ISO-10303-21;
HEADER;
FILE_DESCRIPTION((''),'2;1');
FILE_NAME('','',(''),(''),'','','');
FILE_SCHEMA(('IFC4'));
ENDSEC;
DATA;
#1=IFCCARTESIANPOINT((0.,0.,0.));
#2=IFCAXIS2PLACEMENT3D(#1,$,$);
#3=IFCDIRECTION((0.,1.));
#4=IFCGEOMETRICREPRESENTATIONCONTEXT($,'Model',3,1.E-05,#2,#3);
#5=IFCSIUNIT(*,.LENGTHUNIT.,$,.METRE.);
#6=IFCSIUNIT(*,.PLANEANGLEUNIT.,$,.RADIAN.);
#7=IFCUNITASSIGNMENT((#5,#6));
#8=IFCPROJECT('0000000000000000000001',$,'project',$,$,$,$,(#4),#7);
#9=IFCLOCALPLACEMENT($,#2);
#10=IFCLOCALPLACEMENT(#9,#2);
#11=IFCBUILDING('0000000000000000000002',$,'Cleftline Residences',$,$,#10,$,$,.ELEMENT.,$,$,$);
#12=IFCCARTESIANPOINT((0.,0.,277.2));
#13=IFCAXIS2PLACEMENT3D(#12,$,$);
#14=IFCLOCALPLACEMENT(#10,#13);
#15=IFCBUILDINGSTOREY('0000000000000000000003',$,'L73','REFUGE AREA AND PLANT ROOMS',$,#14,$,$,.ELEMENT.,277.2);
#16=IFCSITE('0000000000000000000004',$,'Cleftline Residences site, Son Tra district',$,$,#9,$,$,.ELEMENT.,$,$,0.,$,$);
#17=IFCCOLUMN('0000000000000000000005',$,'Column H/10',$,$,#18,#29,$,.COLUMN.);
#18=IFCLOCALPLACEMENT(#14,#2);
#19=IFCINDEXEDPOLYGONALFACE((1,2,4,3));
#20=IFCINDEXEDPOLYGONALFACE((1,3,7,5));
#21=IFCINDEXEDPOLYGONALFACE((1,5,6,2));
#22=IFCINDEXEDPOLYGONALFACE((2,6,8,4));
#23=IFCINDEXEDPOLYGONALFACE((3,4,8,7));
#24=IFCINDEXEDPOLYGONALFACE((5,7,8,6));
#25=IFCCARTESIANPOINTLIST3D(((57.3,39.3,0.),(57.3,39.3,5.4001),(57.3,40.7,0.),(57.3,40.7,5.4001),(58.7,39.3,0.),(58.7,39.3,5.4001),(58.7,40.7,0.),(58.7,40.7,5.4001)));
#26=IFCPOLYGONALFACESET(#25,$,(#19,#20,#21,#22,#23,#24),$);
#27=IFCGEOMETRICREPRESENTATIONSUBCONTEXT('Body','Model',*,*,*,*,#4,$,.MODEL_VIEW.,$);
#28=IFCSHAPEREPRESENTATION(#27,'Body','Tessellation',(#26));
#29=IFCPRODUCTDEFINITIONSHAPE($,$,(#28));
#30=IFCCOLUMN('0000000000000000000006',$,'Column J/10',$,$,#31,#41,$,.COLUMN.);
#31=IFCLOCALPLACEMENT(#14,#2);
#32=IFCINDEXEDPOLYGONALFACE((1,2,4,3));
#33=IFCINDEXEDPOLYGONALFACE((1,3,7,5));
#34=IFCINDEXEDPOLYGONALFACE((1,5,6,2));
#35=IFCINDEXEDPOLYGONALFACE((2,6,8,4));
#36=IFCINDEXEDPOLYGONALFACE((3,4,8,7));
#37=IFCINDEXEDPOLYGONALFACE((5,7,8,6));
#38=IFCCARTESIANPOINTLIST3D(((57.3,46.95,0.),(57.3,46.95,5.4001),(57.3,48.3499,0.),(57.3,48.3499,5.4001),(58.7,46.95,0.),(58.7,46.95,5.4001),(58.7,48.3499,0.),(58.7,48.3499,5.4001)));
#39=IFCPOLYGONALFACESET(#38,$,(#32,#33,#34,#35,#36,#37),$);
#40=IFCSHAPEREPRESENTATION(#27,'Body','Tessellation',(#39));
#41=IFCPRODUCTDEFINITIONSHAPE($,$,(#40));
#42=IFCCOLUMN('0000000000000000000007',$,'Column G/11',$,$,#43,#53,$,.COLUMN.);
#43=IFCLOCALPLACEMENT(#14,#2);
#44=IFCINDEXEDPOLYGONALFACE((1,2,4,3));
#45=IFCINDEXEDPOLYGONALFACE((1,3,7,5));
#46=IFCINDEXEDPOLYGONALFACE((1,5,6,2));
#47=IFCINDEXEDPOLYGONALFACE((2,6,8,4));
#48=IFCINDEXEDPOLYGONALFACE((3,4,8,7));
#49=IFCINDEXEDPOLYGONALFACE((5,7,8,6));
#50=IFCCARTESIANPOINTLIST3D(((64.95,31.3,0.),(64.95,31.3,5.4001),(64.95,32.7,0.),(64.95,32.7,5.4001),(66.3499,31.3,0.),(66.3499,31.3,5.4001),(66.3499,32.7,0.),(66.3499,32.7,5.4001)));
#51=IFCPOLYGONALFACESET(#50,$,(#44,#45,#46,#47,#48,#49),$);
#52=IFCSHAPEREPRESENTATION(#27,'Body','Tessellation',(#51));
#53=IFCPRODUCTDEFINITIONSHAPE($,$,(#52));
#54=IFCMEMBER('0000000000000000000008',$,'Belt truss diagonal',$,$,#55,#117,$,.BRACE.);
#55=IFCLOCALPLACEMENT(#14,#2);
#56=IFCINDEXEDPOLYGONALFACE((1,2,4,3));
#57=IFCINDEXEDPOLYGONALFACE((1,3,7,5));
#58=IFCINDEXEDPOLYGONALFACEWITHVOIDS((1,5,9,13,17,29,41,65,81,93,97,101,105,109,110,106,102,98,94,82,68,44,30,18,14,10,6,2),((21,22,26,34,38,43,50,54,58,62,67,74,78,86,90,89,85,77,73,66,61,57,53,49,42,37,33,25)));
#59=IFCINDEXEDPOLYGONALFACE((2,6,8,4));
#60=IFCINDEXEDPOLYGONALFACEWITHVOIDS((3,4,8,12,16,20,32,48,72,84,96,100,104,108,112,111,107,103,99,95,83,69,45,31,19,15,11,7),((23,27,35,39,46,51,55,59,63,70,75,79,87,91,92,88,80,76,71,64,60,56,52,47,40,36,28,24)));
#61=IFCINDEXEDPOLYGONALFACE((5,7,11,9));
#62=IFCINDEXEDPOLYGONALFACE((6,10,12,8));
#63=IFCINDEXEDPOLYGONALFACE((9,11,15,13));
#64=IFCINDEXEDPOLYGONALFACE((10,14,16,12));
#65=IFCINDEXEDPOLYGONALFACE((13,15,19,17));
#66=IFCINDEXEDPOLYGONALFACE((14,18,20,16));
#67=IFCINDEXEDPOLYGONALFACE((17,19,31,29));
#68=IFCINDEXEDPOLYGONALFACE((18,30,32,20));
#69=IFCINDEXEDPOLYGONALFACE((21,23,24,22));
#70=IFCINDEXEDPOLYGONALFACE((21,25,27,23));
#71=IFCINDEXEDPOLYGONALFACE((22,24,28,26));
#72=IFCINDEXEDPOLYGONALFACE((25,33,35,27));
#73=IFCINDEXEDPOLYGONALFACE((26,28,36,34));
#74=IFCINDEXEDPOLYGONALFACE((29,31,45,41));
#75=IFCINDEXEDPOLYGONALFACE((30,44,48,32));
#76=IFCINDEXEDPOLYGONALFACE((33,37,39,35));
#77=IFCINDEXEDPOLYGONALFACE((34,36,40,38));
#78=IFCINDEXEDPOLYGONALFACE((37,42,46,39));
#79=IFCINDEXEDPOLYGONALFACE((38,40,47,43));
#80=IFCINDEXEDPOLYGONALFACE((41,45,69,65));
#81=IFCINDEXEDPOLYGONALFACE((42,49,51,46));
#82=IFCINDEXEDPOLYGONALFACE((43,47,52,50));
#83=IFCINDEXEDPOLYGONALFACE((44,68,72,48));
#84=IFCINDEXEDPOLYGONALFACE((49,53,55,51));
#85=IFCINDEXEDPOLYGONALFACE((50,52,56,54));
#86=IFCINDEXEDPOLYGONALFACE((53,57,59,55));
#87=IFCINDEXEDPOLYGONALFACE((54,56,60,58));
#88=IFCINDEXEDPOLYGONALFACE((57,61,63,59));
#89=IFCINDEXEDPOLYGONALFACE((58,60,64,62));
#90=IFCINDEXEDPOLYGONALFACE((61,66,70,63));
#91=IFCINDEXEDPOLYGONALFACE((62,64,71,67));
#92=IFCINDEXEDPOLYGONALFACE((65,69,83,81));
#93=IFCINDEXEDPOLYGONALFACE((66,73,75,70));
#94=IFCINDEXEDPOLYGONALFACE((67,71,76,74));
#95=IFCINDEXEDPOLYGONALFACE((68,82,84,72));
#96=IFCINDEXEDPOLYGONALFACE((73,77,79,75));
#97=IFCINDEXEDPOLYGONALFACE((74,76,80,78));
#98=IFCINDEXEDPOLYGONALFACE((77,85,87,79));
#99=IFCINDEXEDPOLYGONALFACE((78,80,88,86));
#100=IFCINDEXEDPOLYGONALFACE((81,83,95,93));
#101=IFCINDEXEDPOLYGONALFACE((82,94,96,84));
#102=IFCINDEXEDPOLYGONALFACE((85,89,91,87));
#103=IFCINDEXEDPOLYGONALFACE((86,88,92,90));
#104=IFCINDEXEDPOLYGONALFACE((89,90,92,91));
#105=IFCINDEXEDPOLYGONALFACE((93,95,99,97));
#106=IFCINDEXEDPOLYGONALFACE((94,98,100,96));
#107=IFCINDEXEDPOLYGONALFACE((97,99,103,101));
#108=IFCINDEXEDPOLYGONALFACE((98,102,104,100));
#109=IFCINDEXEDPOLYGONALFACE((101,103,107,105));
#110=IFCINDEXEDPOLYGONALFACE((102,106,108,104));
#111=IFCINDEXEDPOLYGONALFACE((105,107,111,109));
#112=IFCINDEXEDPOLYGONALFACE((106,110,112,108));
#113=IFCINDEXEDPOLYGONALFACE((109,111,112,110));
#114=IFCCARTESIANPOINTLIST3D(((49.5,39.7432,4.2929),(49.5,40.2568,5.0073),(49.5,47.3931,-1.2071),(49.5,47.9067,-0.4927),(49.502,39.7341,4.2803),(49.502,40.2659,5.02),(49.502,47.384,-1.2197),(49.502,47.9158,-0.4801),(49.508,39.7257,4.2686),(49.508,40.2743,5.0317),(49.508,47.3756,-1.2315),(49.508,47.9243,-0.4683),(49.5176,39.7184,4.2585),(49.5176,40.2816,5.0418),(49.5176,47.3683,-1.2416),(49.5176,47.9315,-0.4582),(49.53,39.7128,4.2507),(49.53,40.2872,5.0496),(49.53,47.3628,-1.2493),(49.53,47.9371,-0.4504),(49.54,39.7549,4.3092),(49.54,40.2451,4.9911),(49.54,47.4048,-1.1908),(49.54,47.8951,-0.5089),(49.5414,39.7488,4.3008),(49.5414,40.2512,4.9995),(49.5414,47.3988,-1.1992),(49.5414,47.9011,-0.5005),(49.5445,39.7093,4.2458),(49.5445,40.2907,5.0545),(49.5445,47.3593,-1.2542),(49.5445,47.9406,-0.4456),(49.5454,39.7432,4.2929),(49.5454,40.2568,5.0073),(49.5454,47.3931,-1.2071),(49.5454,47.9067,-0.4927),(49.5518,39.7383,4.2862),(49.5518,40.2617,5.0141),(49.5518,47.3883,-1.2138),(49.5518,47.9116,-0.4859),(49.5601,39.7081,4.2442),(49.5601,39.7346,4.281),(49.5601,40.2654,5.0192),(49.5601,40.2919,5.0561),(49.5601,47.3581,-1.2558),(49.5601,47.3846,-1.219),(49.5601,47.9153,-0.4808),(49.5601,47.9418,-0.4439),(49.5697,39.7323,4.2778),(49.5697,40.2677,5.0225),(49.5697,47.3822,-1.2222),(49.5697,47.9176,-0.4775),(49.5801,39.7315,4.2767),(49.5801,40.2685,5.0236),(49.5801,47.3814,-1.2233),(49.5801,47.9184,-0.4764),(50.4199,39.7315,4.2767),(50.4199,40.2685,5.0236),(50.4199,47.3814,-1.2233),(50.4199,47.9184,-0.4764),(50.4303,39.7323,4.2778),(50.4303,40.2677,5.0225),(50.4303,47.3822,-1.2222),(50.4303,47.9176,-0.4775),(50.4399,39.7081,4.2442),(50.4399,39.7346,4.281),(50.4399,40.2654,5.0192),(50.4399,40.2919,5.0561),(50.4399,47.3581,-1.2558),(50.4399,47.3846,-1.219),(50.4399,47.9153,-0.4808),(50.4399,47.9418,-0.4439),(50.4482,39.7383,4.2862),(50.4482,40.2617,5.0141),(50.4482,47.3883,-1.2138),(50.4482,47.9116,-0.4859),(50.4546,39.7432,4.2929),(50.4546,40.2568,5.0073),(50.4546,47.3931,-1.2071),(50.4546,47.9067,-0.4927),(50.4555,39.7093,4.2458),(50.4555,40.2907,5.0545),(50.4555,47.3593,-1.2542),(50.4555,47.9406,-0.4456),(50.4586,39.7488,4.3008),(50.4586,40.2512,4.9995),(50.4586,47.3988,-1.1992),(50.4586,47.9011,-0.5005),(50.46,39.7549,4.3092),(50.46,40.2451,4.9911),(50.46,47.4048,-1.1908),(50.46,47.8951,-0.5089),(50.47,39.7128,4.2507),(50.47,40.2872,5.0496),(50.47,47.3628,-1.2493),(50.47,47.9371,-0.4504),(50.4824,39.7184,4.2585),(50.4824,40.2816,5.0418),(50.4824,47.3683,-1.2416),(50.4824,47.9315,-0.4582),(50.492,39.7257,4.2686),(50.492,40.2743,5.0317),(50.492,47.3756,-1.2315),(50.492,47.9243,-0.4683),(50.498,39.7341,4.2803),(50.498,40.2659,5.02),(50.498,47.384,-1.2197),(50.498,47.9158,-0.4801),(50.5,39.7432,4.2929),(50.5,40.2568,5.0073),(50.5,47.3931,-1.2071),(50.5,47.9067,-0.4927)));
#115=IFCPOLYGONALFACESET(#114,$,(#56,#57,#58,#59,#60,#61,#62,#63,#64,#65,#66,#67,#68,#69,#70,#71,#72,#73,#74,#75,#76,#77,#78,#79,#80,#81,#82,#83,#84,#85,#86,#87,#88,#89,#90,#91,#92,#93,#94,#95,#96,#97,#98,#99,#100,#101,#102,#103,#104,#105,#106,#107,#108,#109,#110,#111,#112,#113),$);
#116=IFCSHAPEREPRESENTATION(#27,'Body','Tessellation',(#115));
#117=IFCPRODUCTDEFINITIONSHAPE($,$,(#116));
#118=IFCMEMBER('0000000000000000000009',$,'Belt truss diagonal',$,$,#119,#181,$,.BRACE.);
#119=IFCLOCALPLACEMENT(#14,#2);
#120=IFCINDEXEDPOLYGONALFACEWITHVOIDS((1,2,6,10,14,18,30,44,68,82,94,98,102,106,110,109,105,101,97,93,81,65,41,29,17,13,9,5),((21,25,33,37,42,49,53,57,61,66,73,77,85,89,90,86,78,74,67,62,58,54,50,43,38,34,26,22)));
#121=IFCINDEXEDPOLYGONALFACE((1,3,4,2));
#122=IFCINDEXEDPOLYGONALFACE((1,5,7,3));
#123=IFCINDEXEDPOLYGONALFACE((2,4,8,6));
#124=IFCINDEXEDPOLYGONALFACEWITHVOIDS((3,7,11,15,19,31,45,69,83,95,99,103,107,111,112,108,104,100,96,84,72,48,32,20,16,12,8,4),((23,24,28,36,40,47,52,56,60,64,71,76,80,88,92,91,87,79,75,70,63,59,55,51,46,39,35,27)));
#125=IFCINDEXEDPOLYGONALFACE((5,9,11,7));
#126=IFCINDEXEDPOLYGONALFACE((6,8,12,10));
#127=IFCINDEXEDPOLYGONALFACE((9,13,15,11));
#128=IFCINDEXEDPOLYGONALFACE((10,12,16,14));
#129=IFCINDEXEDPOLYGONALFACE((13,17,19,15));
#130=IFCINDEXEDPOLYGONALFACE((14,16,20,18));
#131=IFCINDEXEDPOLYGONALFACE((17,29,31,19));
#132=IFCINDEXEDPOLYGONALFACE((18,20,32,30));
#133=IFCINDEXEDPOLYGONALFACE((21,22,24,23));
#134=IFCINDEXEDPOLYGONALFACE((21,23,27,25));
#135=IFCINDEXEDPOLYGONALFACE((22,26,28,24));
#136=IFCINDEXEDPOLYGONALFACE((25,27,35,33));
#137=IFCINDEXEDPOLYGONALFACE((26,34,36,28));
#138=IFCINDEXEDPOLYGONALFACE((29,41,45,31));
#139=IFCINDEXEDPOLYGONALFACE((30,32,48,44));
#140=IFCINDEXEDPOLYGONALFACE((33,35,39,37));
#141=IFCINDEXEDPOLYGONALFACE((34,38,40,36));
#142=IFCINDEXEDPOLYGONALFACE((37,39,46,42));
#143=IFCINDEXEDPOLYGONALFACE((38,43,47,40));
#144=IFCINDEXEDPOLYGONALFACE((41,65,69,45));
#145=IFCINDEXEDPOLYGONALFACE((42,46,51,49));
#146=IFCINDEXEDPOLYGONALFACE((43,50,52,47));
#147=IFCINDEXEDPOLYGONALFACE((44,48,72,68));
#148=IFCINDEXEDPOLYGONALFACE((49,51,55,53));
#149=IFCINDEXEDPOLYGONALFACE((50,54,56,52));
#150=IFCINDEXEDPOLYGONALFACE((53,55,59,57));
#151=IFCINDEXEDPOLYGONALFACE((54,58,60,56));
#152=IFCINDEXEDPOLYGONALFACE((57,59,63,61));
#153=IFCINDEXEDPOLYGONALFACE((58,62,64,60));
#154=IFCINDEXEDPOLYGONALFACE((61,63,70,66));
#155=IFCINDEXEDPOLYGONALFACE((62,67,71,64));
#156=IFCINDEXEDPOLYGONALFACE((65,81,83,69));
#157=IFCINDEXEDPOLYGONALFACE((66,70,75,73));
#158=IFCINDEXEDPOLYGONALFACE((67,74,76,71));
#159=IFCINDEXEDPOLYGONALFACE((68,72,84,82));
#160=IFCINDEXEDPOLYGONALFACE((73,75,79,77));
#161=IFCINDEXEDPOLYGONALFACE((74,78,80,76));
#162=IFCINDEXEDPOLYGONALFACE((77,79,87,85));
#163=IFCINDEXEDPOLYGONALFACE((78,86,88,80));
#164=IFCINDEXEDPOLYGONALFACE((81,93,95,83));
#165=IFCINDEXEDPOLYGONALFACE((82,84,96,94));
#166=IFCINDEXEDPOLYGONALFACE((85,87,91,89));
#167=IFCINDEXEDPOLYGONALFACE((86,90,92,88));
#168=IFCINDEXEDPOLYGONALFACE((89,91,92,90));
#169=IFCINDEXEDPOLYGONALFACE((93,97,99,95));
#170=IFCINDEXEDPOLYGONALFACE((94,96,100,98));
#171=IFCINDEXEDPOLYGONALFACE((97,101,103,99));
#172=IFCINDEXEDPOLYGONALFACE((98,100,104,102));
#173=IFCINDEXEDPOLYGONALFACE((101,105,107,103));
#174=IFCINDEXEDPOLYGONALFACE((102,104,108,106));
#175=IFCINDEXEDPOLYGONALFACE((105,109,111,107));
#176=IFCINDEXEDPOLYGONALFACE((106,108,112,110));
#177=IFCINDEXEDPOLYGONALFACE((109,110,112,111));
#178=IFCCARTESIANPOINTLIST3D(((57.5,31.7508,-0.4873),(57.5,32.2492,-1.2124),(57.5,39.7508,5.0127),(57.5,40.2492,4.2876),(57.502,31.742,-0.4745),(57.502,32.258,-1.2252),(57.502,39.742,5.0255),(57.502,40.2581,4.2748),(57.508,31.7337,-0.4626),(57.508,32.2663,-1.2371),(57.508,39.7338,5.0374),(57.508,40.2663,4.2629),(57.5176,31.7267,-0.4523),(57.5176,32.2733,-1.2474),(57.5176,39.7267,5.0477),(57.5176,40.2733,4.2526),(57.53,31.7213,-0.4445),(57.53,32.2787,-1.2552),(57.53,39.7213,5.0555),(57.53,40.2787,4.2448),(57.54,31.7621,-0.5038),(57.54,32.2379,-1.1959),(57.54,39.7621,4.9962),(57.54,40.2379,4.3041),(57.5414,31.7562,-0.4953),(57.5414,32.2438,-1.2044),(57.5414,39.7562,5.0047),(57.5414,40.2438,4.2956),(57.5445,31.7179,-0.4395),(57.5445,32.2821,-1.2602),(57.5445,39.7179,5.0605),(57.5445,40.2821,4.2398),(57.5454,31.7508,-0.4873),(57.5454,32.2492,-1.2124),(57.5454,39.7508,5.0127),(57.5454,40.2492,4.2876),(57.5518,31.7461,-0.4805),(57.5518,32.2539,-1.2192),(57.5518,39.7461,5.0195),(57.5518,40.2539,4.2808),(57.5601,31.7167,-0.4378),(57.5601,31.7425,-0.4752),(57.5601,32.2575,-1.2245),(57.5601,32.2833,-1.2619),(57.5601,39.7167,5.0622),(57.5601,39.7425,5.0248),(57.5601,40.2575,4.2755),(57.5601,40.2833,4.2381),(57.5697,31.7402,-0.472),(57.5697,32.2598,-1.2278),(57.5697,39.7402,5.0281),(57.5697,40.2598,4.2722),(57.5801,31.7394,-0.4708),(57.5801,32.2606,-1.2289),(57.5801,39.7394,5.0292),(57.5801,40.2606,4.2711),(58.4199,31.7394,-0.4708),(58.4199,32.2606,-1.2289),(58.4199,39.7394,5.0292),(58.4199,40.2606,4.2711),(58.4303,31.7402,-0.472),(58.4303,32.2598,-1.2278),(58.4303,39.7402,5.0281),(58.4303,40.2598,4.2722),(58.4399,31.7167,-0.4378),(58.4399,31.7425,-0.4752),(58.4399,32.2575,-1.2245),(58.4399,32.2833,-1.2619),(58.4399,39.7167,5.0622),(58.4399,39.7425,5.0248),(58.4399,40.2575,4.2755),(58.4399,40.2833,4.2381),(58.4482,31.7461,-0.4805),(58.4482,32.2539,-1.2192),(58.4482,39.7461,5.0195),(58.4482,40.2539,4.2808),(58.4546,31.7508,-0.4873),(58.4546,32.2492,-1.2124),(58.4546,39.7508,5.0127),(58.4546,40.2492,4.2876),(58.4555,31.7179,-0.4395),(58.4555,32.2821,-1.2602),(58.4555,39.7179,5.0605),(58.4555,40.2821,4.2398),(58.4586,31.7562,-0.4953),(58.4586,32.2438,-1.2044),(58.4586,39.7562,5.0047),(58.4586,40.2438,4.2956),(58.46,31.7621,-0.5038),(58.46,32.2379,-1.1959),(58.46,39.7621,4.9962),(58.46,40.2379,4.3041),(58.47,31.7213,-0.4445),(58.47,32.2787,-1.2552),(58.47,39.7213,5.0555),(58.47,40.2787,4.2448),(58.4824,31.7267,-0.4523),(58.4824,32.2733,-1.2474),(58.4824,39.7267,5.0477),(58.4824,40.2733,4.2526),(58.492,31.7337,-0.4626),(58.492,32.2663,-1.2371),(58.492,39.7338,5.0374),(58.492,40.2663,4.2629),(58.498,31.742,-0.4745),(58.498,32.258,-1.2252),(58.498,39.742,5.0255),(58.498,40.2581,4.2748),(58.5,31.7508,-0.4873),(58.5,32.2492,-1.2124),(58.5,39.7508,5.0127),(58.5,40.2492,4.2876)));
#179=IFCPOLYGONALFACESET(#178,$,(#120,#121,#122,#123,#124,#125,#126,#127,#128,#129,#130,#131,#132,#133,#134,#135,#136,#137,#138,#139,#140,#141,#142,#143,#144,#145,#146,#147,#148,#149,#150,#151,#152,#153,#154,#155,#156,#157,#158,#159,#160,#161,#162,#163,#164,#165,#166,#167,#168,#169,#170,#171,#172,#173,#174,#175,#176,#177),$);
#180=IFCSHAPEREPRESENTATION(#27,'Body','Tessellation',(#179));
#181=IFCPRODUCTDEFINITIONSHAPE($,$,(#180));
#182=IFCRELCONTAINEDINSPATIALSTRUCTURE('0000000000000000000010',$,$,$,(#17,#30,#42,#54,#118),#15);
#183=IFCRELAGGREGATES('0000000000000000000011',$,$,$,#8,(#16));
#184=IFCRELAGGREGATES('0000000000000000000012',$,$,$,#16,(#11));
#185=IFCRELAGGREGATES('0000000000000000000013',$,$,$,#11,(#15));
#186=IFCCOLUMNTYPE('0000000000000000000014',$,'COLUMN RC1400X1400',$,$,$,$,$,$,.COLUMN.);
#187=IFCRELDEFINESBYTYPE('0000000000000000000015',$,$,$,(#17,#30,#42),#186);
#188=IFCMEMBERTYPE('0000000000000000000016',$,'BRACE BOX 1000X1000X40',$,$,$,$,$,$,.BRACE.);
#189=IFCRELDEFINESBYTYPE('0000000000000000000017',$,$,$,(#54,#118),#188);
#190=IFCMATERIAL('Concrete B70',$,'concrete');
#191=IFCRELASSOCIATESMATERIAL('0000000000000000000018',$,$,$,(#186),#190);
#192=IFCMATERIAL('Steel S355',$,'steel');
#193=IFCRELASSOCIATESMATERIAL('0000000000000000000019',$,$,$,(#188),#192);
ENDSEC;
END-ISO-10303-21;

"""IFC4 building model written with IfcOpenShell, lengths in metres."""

from ifc_helpers import new_model, si_unit, direction, frame, origin, origin_2d, place, context, subcontext, project, spatial, rectangle, hollow_rectangle, extrude, material, material_profile, profile_set, type_object, element, save


model = new_model("IFC4")

# Units and contexts
model_context = context("Model", 3, precision=1e-05, world=origin(), true_north=direction((0.0, 1.0)))
body_context = subcontext(model_context, "Body", "Model", "MODEL_VIEW")
ifc_project = project(units=[si_unit("LENGTHUNIT", "METRE"), si_unit("PLANEANGLEUNIT", "RADIAN")], contexts=[model_context])

# Site, building, storey
site_placement = place(None, origin())
site = spatial("IfcSite", under=ifc_project, at=site_placement, Name="Cleftline Residences site, Son Tra district", CompositionType="ELEMENT", RefElevation=0.0)
building_placement = place(site_placement, origin())
building = spatial("IfcBuilding", under=site, at=building_placement, Name="Cleftline Residences", CompositionType="ELEMENT")
storey_placement = place(building_placement, frame((0.0, 0.0, 277.2)))
storey = spatial("IfcBuildingStorey", under=building, at=storey_placement, Name="L73", Description="REFUGE AREA AND PLANT ROOMS", CompositionType="ELEMENT", Elevation=277.2)

# Columns
ifc_material_1 = material(Name="Concrete B70", Category="concrete")
ifc_material_profile_1 = material_profile(ifc_material_1, rectangle(XDim=1.3999, YDim=1.3999, at=origin_2d()))
ifc_profile_set_1 = profile_set([ifc_material_profile_1], Name="Concrete B70")
column_type = type_object("IfcColumnType", Name="COLUMN RC1400X1400", PredefinedType="COLUMN", material=ifc_profile_set_1)
for number, where, z_axis, x_axis, name in (
    (1, (58.0, 40.0, 0.0), (0.0, 0.0, 1.0), (1.0, 0.0, 0.0), "Column H/10"),
    (2, (58.0, 47.6499, 0.0), (0.0, 0.0, 1.0), (1.0, 0.0, 0.0), "Column J/10"),
    (3, (65.6499, 32.0, 0.0), (0.0, 0.0, 1.0), (1.0, 0.0, 0.0), "Column G/11"),
):
    element("IfcColumn", number, at=place(storey_placement, frame(where, z_axis=z_axis, x_axis=x_axis)), inside=storey, type_object=column_type, Name=name, PredefinedType="COLUMN", context=body_context, shape_type="SweptSolid", body=[
        extrude(rectangle(XDim=1.3999, YDim=1.3999, at=origin_2d()), origin(), (0.0, 0.0, 1.0), 5.4001),
    ])

# Members
ifc_material_2 = material(Name="Steel S355", Category="steel")
ifc_material_profile_2 = material_profile(ifc_material_2, hollow_rectangle(XDim=1.0, YDim=1.0, WallThickness=0.04, InnerFilletRadius=0.04, OuterFilletRadius=0.0601, at=origin_2d()))
ifc_profile_set_2 = profile_set([ifc_material_profile_2], Name="Steel S355")
member_type_1 = type_object("IfcMemberType", Name="BRACE BOX 1000X1000X40", PredefinedType="BRACE", material=ifc_profile_set_2)
member_1_placement = place(storey_placement, frame((50.0, 40.0, 4.6501), z_axis=(0.0, 0.811933, -0.58375), x_axis=(0.0, 0.58375, 0.811933)))
element("IfcMember", 4, at=member_1_placement, inside=storey, type_object=member_type_1, Name="Belt truss diagonal", PredefinedType="BRACE", context=body_context, shape_type="SweptSolid", body=[
    extrude(hollow_rectangle(XDim=1.0, YDim=1.0, WallThickness=0.04, InnerFilletRadius=0.04, OuterFilletRadius=0.0601, at=origin_2d()), origin(), (0.0, 0.0, 1.0), 9.4219),
])
member_2_placement = place(storey_placement, frame((58.0, 32.0, -0.8499), z_axis=(0.0, 0.824042, 0.566529), x_axis=(0.0, -0.566529, 0.824042)))
element("IfcMember", 5, at=member_2_placement, inside=storey, type_object=member_type_1, Name="Belt truss diagonal", PredefinedType="BRACE", context=body_context, shape_type="SweptSolid", body=[
    extrude(hollow_rectangle(XDim=1.0, YDim=1.0, WallThickness=0.04, InnerFilletRadius=0.04, OuterFilletRadius=0.0601, at=origin_2d()), origin(), (0.0, 0.0, 1.0), 9.7083),
])

save(model, "model.ifc")
